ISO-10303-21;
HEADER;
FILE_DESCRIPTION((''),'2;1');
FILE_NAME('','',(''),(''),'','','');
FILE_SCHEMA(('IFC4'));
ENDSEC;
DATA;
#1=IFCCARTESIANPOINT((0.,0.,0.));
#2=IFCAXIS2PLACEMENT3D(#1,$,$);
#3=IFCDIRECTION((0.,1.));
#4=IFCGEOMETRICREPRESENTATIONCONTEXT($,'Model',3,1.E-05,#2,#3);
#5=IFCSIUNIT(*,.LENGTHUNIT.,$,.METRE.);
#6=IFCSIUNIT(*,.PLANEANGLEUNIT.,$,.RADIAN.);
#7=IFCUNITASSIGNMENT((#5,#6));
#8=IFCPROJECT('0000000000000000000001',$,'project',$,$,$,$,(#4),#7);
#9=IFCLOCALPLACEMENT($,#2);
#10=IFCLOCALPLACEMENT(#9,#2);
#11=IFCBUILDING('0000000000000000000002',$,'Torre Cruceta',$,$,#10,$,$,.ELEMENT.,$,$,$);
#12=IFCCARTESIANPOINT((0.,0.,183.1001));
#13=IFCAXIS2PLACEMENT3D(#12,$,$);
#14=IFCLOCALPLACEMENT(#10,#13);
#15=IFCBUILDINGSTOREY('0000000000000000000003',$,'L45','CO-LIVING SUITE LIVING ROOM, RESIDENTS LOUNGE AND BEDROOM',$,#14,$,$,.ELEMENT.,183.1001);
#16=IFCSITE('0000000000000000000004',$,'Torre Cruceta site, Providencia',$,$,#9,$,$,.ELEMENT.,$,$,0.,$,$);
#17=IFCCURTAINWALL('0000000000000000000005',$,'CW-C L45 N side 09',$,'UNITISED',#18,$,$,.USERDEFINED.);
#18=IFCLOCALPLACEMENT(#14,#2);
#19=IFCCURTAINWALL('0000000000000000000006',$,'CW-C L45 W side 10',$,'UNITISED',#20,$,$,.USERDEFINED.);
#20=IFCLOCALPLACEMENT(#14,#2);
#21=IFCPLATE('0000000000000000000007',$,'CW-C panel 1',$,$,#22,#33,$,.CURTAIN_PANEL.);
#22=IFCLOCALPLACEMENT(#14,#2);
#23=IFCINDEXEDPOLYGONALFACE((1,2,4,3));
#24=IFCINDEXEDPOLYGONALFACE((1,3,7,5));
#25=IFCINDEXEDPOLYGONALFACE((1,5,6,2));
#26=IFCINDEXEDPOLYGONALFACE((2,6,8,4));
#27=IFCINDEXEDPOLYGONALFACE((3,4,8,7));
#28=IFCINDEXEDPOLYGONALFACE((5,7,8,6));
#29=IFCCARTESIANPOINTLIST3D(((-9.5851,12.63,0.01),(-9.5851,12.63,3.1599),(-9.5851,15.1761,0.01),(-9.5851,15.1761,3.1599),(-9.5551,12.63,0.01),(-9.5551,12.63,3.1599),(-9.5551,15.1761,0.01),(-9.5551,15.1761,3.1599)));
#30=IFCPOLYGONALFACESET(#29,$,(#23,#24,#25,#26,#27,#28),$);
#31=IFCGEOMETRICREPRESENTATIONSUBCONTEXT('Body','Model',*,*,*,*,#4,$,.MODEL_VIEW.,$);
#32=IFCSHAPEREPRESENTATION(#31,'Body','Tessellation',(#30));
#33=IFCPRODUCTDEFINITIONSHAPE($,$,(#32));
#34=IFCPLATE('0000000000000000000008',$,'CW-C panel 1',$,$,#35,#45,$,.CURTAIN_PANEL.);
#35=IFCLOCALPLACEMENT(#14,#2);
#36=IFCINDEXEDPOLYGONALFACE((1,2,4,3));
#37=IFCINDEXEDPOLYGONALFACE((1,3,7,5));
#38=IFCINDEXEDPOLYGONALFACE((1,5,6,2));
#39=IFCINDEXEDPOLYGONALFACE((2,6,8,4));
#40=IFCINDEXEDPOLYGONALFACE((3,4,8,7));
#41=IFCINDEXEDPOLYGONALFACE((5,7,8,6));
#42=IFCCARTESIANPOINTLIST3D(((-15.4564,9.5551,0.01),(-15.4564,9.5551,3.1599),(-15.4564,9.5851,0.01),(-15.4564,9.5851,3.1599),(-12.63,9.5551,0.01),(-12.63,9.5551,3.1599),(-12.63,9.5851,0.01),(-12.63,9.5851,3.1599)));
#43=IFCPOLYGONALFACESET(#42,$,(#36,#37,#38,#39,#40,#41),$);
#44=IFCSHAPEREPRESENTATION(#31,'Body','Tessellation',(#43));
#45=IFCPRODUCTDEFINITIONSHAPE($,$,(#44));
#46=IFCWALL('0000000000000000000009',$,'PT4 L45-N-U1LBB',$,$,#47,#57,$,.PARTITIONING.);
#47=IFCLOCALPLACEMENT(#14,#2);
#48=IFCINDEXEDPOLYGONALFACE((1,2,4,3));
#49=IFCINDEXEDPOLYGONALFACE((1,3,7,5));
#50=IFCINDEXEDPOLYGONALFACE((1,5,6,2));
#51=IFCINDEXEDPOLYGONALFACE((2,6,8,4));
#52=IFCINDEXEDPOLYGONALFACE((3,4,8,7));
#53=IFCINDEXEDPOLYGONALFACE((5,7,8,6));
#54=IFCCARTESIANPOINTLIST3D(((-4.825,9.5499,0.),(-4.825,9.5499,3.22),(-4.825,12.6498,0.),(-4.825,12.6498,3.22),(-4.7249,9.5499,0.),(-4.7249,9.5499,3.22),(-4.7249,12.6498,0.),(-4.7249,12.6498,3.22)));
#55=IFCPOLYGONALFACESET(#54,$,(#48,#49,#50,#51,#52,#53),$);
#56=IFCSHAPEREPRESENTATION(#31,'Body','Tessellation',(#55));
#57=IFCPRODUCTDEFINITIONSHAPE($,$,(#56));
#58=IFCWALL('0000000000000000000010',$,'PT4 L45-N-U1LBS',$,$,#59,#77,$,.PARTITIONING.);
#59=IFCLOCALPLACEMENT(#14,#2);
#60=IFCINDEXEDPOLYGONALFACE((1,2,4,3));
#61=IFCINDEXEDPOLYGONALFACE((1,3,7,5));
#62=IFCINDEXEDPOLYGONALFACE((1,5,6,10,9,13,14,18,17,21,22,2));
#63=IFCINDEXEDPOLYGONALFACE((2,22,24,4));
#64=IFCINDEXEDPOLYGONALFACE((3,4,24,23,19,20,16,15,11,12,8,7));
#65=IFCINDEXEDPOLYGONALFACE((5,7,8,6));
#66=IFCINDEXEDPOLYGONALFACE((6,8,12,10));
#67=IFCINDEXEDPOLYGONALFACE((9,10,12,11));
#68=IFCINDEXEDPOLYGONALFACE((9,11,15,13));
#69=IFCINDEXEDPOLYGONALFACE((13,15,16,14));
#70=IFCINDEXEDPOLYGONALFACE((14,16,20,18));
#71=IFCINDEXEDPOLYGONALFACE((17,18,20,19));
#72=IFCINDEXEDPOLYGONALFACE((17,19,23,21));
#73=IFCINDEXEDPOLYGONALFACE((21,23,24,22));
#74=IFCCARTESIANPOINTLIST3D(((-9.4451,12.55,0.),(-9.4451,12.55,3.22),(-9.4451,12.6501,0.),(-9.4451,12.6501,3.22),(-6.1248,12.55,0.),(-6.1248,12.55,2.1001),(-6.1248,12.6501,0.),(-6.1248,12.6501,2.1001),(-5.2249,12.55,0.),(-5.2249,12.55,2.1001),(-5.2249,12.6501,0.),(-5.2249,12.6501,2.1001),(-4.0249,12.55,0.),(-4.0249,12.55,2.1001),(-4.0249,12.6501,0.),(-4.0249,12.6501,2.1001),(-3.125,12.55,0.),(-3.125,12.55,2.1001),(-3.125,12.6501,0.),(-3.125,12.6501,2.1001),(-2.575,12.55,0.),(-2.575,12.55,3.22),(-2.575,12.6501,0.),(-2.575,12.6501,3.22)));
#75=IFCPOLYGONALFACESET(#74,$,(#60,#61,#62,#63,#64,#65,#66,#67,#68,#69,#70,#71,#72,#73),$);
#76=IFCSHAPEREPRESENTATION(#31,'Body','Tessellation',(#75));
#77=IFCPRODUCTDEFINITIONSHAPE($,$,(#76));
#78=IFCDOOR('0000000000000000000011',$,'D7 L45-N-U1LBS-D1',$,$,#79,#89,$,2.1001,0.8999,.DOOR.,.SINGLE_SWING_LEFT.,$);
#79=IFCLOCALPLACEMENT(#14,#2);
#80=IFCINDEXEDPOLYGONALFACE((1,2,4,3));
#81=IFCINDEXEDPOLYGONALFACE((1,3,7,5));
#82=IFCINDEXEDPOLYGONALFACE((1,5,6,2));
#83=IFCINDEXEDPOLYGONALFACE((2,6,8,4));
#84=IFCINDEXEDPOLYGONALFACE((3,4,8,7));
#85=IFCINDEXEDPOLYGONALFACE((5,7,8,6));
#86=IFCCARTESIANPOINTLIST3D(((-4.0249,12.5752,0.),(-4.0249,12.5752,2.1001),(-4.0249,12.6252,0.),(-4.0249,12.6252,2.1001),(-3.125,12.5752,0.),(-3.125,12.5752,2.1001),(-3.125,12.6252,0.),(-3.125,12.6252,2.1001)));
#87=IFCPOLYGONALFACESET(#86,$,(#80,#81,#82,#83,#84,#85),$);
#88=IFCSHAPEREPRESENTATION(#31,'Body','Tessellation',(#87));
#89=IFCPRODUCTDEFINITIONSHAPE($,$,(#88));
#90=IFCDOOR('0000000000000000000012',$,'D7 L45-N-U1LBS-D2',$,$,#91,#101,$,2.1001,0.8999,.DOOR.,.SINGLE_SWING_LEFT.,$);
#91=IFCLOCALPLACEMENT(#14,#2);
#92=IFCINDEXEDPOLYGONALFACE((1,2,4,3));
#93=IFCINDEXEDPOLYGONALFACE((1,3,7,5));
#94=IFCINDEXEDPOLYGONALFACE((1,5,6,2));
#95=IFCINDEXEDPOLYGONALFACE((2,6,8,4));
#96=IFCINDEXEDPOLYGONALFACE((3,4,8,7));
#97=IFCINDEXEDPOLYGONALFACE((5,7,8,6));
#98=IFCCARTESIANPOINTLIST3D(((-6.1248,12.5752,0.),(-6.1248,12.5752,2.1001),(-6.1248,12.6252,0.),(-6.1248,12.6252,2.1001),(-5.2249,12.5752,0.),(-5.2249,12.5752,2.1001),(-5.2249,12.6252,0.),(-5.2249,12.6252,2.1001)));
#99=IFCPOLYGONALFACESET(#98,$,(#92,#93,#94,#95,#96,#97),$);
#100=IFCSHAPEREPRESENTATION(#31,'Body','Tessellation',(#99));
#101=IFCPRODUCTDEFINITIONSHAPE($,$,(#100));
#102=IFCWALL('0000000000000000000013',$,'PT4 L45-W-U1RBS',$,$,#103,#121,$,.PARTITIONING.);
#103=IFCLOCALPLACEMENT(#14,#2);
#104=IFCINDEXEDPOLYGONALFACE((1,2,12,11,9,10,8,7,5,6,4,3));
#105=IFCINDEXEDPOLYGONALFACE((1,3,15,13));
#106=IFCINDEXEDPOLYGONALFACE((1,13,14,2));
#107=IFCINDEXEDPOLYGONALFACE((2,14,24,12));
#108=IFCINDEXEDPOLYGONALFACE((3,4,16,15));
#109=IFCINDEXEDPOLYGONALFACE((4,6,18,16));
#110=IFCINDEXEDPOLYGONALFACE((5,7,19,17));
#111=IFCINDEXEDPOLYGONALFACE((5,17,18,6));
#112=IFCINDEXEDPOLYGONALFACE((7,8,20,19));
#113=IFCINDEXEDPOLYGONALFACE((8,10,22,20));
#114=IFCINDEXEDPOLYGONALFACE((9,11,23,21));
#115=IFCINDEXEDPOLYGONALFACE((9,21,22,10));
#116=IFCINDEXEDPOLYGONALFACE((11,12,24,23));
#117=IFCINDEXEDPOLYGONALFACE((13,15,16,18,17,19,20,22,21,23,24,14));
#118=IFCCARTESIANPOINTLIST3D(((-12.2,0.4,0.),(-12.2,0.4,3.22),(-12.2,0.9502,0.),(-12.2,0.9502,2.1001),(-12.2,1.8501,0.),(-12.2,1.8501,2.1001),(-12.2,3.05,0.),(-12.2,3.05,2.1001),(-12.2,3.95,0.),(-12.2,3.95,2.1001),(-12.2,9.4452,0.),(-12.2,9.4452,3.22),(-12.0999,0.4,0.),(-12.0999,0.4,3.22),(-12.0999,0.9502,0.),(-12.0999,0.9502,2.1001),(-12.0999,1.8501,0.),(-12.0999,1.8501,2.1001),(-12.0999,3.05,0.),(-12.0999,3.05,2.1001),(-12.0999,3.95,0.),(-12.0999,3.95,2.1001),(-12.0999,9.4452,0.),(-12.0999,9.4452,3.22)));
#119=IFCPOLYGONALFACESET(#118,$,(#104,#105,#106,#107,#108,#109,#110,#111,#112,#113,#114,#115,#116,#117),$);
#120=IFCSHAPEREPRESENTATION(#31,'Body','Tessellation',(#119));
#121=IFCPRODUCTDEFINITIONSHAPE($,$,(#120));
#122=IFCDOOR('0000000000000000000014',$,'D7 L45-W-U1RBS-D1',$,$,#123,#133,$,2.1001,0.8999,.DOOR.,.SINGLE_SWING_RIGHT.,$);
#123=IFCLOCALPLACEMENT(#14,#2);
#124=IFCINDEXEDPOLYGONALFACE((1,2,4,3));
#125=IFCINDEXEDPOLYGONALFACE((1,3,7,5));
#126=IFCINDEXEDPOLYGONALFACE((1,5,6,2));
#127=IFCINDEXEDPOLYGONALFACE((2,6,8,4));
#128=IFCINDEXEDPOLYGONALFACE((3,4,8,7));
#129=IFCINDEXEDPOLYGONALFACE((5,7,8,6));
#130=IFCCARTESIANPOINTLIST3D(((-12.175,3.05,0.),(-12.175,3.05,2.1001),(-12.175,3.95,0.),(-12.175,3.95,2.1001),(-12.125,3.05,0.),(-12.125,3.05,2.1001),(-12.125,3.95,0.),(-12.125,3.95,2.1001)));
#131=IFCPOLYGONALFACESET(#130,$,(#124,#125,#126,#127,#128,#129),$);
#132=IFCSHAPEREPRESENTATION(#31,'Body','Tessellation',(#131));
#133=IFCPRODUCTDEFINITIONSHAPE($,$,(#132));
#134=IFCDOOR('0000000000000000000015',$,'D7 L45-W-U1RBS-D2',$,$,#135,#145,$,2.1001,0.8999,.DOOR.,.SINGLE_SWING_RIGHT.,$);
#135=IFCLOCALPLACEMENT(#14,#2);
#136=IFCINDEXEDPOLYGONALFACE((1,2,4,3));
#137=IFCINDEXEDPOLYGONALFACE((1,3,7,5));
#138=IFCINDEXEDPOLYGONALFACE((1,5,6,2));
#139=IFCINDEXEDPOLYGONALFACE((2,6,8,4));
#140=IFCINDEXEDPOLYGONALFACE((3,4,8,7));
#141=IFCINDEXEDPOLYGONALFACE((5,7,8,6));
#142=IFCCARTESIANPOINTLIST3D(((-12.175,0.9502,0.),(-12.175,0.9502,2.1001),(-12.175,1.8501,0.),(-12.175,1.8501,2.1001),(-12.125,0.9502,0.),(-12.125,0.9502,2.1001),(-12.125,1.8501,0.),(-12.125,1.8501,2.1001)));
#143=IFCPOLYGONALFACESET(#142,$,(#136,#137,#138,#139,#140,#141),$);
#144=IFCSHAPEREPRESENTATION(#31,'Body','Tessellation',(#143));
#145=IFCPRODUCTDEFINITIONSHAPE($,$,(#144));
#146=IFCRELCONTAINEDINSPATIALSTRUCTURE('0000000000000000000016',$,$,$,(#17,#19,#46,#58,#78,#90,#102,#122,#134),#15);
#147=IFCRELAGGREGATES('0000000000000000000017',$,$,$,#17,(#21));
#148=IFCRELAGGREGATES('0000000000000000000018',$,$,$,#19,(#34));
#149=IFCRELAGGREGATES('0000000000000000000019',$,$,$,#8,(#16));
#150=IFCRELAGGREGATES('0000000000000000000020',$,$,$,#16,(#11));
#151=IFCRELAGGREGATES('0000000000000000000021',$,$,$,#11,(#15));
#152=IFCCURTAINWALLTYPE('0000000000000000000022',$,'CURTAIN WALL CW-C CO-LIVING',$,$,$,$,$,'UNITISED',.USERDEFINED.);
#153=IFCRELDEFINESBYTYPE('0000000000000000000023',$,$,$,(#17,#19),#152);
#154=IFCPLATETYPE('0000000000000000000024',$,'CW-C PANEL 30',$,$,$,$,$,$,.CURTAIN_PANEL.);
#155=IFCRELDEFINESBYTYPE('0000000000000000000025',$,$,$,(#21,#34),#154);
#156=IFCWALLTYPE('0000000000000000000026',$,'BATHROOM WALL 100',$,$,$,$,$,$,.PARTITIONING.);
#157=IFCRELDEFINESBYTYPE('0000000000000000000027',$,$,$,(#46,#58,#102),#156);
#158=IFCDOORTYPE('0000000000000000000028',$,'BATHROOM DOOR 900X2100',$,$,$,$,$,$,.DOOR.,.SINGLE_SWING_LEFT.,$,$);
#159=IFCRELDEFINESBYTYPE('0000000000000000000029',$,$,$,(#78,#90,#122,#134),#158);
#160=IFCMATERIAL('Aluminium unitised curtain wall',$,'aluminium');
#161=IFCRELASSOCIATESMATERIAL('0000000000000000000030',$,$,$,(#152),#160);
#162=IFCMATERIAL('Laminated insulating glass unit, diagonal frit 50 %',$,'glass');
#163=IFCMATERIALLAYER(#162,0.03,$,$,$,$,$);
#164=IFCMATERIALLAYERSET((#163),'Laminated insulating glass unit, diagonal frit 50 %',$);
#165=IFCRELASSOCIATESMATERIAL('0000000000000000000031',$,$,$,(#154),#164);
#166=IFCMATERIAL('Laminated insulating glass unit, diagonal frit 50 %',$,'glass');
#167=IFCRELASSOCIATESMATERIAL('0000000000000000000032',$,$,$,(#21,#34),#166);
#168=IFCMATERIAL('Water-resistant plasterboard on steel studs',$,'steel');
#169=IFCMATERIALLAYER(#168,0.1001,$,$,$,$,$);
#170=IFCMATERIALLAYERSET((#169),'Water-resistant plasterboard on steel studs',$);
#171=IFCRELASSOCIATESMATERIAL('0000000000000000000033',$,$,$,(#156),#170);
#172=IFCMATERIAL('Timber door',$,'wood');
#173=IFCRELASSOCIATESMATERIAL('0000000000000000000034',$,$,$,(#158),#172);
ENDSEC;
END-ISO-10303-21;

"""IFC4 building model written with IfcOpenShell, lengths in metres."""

from ifc_helpers import new_model, si_unit, direction, frame, frame_2d, origin, origin_2d, place, context, subcontext, project, spatial, rectangle, extrude, material, layer, layer_set, type_object, element, fill, aggregate, save


model = new_model("IFC4")

# Units and contexts
model_context = context("Model", 3, precision=1e-05, world=origin(), true_north=direction((0.0, 1.0)))
body_context = subcontext(model_context, "Body", "Model", "MODEL_VIEW")
ifc_project = project(units=[si_unit("LENGTHUNIT", "METRE"), si_unit("PLANEANGLEUNIT", "RADIAN")], contexts=[model_context])

# Site, building, storey
site_placement = place(None, origin())
site = spatial("IfcSite", under=ifc_project, at=site_placement, Name="Torre Cruceta site, Providencia", CompositionType="ELEMENT", RefElevation=0.0)
building_placement = place(site_placement, origin())
building = spatial("IfcBuilding", under=site, at=building_placement, Name="Torre Cruceta", CompositionType="ELEMENT")
storey_placement = place(building_placement, frame((0.0, 0.0, 183.1001)))
storey = spatial("IfcBuildingStorey", under=building, at=storey_placement, Name="L45", Description="CO-LIVING SUITE LIVING ROOM, RESIDENTS LOUNGE AND BEDROOM", CompositionType="ELEMENT", Elevation=183.1001)

# Curtain wall
ifc_material_1 = material(Name="Aluminium unitised curtain wall", Category="aluminium")
curtain_wall_type = type_object("IfcCurtainWallType", Name="CURTAIN WALL CW-C CO-LIVING", ElementType="UNITISED", PredefinedType="USERDEFINED", material=ifc_material_1)
curtain_wall_1_placement = place(storey_placement, origin())
curtain_wall_1 = element("IfcCurtainWall", 1, at=curtain_wall_1_placement, inside=storey, type_object=curtain_wall_type, Name="CW-C L45 N side 09", ObjectType="UNITISED", PredefinedType="USERDEFINED")

# Curtain wall
curtain_wall_2_placement = place(storey_placement, origin())
curtain_wall_2 = element("IfcCurtainWall", 2, at=curtain_wall_2_placement, inside=storey, type_object=curtain_wall_type, Name="CW-C L45 W side 10", ObjectType="UNITISED", PredefinedType="USERDEFINED")

# Plates
ifc_material_2 = material(Name="Laminated insulating glass unit, diagonal frit 50 %", Category="glass")
ifc_material_3 = material(Name="Laminated insulating glass unit, diagonal frit 50 %", Category="glass")
ifc_layer_1 = layer(ifc_material_3, 0.03)
ifc_layer_set_1 = layer_set([ifc_layer_1], Name="Laminated insulating glass unit, diagonal frit 50 %")
plate_type = type_object("IfcPlateType", Name="CW-C PANEL 30", PredefinedType="CURTAIN_PANEL", material=ifc_layer_set_1)
plate_1_placement = place(storey_placement, frame((-9.5701, 13.9031, 0.01), z_axis=(0.0, 0.0, 1.0), x_axis=(0.0, -1.0, 0.0)))
plate_1 = element("IfcPlate", 3, at=plate_1_placement, type_object=plate_type, material=ifc_material_2, Name="CW-C panel 1", PredefinedType="CURTAIN_PANEL", context=body_context, shape_type="SweptSolid", body=[
    extrude(rectangle(XDim=2.5461, YDim=0.03, at=origin_2d()), origin(), (0.0, 0.0, 1.0), 3.1499),
])
aggregate(curtain_wall_1, [plate_1])
plate_2_placement = place(storey_placement, frame((-14.0432, 9.5701, 0.01), z_axis=(0.0, 0.0, 1.0), x_axis=(-1.0, 0.0, 0.0)))
plate_2 = element("IfcPlate", 4, at=plate_2_placement, type_object=plate_type, material=ifc_material_2, Name="CW-C panel 1", PredefinedType="CURTAIN_PANEL", context=body_context, shape_type="SweptSolid", body=[
    extrude(rectangle(XDim=2.8264, YDim=0.03, at=origin_2d()), origin(), (0.0, 0.0, 1.0), 3.1499),
])
aggregate(curtain_wall_2, [plate_2])

# Wall
ifc_material_4 = material(Name="Water-resistant plasterboard on steel studs", Category="steel")
ifc_layer_2 = layer(ifc_material_4, 0.1001)
ifc_layer_set_2 = layer_set([ifc_layer_2], Name="Water-resistant plasterboard on steel studs")
wall_type_1 = type_object("IfcWallType", Name="BATHROOM WALL 100", PredefinedType="PARTITIONING", material=ifc_layer_set_2)
wall_1_placement = place(storey_placement, frame((-4.7749, 9.55, 0.0), z_axis=(0.0, 0.0, 1.0), x_axis=(0.0, 1.0, 0.0)))
element("IfcWall", 5, at=wall_1_placement, inside=storey, type_object=wall_type_1, Name="PT4 L45-N-U1LBB", PredefinedType="PARTITIONING", context=body_context, shape_type="SweptSolid", body=[
    extrude(rectangle(XDim=3.0999, YDim=0.1001, at=frame_2d((1.5498, 0.0))), origin(), (0.0, 0.0, 1.0), 3.22),
])

# Walls, openings, doors
wall_2_placement = place(storey_placement, frame((-2.575, 12.6001, 0.0), z_axis=(0.0, 0.0, 1.0), x_axis=(-1.0, 0.0, 0.0)))
wall_2 = element("IfcWall", 6, at=wall_2_placement, inside=storey, type_object=wall_type_1, Name="PT4 L45-N-U1LBS", PredefinedType="PARTITIONING", context=body_context, shape_type="SweptSolid", body=[
    extrude(rectangle(XDim=6.8701, YDim=0.1001, at=frame_2d((3.4351, 0.0))), origin(), (0.0, 0.0, 1.0), 3.22),
])
opening_1_placement = place(wall_2_placement, frame((0.55, 0.0, 0.0)))
opening_1 = element("IfcOpeningElement", 7, at=opening_1_placement, cuts=wall_2, PredefinedType="OPENING", context=body_context, shape_type="SweptSolid", body=[
    extrude(rectangle(XDim=0.8999, YDim=2.1001, at=frame_2d((0.45, 1.05))), frame((0.0, 0.0601, 0.0), z_axis=(0.0, -1.0, 0.0), x_axis=(1.0, 0.0, 0.0)), (0.0, 0.0, 1.0), 0.1201),
])
opening_2_placement = place(wall_2_placement, frame((2.6499, 0.0, 0.0)))
opening_2 = element("IfcOpeningElement", 8, at=opening_2_placement, cuts=wall_2, PredefinedType="OPENING", context=body_context, shape_type="SweptSolid", body=[
    extrude(rectangle(XDim=0.8999, YDim=2.1001, at=frame_2d((0.45, 1.05))), frame((0.0, 0.0601, 0.0), z_axis=(0.0, -1.0, 0.0), x_axis=(1.0, 0.0, 0.0)), (0.0, 0.0, 1.0), 0.1201),
])
ifc_material_5 = material(Name="Timber door", Category="wood")
door_type_1 = type_object("IfcDoorType", Name="BATHROOM DOOR 900X2100", OperationType="SINGLE_SWING_LEFT", PredefinedType="DOOR", material=ifc_material_5)
door_1_placement = place(opening_1_placement, origin())
door_1 = element("IfcDoor", 9, at=door_1_placement, inside=storey, type_object=door_type_1, Name="D7 L45-N-U1LBS-D1", OperationType="SINGLE_SWING_LEFT", OverallHeight=2.1001, OverallWidth=0.8999, PredefinedType="DOOR", context=body_context, shape_type="SweptSolid", body=[
    extrude(rectangle(XDim=0.8999, YDim=2.1001, at=frame_2d((0.45, 1.05))), frame((0.0, 0.0249, 0.0), z_axis=(0.0, -1.0, 0.0), x_axis=(1.0, 0.0, 0.0)), (0.0, 0.0, 1.0), 0.05),
])
fill(opening_1, door_1)
door_2_placement = place(opening_2_placement, origin())
door_2 = element("IfcDoor", 10, at=door_2_placement, inside=storey, type_object=door_type_1, Name="D7 L45-N-U1LBS-D2", OperationType="SINGLE_SWING_LEFT", OverallHeight=2.1001, OverallWidth=0.8999, PredefinedType="DOOR", context=body_context, shape_type="SweptSolid", body=[
    extrude(rectangle(XDim=0.8999, YDim=2.1001, at=frame_2d((0.45, 1.05))), frame((0.0, 0.0249, 0.0), z_axis=(0.0, -1.0, 0.0), x_axis=(1.0, 0.0, 0.0)), (0.0, 0.0, 1.0), 0.05),
])
fill(opening_2, door_2)
wall_3_placement = place(storey_placement, frame((-12.1499, 9.4451, 0.0), z_axis=(0.0, 0.0, 1.0), x_axis=(0.0, -1.0, 0.0)))
wall_3 = element("IfcWall", 11, at=wall_3_placement, inside=storey, type_object=wall_type_1, Name="PT4 L45-W-U1RBS", PredefinedType="PARTITIONING", context=body_context, shape_type="SweptSolid", body=[
    extrude(rectangle(XDim=9.0452, YDim=0.1001, at=frame_2d((4.5225, 0.0))), origin(), (0.0, 0.0, 1.0), 3.22),
])
opening_3_placement = place(wall_3_placement, frame((5.4951, 0.0, 0.0)))
opening_3 = element("IfcOpeningElement", 12, at=opening_3_placement, cuts=wall_3, PredefinedType="OPENING", context=body_context, shape_type="SweptSolid", body=[
    extrude(rectangle(XDim=0.8999, YDim=2.1001, at=frame_2d((0.45, 1.05))), frame((0.0, 0.0601, 0.0), z_axis=(0.0, -1.0, 0.0), x_axis=(1.0, 0.0, 0.0)), (0.0, 0.0, 1.0), 0.1201),
])
opening_4_placement = place(wall_3_placement, frame((7.595, 0.0, 0.0)))
opening_4 = element("IfcOpeningElement", 13, at=opening_4_placement, cuts=wall_3, PredefinedType="OPENING", context=body_context, shape_type="SweptSolid", body=[
    extrude(rectangle(XDim=0.8999, YDim=2.1001, at=frame_2d((0.45, 1.05))), frame((0.0, 0.0601, 0.0), z_axis=(0.0, -1.0, 0.0), x_axis=(1.0, 0.0, 0.0)), (0.0, 0.0, 1.0), 0.1201),
])
door_3_placement = place(opening_3_placement, origin())
door_3 = element("IfcDoor", 14, at=door_3_placement, inside=storey, type_object=door_type_1, Name="D7 L45-W-U1RBS-D1", OperationType="SINGLE_SWING_RIGHT", OverallHeight=2.1001, OverallWidth=0.8999, PredefinedType="DOOR", context=body_context, shape_type="SweptSolid", body=[
    extrude(rectangle(XDim=0.8999, YDim=2.1001, at=frame_2d((0.45, 1.05))), frame((0.0, 0.0249, 0.0), z_axis=(0.0, -1.0, 0.0), x_axis=(1.0, 0.0, 0.0)), (0.0, 0.0, 1.0), 0.05),
])
fill(opening_3, door_3)
door_4_placement = place(opening_4_placement, origin())
door_4 = element("IfcDoor", 15, at=door_4_placement, inside=storey, type_object=door_type_1, Name="D7 L45-W-U1RBS-D2", OperationType="SINGLE_SWING_RIGHT", OverallHeight=2.1001, OverallWidth=0.8999, PredefinedType="DOOR", context=body_context, shape_type="SweptSolid", body=[
    extrude(rectangle(XDim=0.8999, YDim=2.1001, at=frame_2d((0.45, 1.05))), frame((0.0, 0.0249, 0.0), z_axis=(0.0, -1.0, 0.0), x_axis=(1.0, 0.0, 0.0)), (0.0, 0.0, 1.0), 0.05),
])
fill(opening_4, door_4)

save(model, "model.ifc")
